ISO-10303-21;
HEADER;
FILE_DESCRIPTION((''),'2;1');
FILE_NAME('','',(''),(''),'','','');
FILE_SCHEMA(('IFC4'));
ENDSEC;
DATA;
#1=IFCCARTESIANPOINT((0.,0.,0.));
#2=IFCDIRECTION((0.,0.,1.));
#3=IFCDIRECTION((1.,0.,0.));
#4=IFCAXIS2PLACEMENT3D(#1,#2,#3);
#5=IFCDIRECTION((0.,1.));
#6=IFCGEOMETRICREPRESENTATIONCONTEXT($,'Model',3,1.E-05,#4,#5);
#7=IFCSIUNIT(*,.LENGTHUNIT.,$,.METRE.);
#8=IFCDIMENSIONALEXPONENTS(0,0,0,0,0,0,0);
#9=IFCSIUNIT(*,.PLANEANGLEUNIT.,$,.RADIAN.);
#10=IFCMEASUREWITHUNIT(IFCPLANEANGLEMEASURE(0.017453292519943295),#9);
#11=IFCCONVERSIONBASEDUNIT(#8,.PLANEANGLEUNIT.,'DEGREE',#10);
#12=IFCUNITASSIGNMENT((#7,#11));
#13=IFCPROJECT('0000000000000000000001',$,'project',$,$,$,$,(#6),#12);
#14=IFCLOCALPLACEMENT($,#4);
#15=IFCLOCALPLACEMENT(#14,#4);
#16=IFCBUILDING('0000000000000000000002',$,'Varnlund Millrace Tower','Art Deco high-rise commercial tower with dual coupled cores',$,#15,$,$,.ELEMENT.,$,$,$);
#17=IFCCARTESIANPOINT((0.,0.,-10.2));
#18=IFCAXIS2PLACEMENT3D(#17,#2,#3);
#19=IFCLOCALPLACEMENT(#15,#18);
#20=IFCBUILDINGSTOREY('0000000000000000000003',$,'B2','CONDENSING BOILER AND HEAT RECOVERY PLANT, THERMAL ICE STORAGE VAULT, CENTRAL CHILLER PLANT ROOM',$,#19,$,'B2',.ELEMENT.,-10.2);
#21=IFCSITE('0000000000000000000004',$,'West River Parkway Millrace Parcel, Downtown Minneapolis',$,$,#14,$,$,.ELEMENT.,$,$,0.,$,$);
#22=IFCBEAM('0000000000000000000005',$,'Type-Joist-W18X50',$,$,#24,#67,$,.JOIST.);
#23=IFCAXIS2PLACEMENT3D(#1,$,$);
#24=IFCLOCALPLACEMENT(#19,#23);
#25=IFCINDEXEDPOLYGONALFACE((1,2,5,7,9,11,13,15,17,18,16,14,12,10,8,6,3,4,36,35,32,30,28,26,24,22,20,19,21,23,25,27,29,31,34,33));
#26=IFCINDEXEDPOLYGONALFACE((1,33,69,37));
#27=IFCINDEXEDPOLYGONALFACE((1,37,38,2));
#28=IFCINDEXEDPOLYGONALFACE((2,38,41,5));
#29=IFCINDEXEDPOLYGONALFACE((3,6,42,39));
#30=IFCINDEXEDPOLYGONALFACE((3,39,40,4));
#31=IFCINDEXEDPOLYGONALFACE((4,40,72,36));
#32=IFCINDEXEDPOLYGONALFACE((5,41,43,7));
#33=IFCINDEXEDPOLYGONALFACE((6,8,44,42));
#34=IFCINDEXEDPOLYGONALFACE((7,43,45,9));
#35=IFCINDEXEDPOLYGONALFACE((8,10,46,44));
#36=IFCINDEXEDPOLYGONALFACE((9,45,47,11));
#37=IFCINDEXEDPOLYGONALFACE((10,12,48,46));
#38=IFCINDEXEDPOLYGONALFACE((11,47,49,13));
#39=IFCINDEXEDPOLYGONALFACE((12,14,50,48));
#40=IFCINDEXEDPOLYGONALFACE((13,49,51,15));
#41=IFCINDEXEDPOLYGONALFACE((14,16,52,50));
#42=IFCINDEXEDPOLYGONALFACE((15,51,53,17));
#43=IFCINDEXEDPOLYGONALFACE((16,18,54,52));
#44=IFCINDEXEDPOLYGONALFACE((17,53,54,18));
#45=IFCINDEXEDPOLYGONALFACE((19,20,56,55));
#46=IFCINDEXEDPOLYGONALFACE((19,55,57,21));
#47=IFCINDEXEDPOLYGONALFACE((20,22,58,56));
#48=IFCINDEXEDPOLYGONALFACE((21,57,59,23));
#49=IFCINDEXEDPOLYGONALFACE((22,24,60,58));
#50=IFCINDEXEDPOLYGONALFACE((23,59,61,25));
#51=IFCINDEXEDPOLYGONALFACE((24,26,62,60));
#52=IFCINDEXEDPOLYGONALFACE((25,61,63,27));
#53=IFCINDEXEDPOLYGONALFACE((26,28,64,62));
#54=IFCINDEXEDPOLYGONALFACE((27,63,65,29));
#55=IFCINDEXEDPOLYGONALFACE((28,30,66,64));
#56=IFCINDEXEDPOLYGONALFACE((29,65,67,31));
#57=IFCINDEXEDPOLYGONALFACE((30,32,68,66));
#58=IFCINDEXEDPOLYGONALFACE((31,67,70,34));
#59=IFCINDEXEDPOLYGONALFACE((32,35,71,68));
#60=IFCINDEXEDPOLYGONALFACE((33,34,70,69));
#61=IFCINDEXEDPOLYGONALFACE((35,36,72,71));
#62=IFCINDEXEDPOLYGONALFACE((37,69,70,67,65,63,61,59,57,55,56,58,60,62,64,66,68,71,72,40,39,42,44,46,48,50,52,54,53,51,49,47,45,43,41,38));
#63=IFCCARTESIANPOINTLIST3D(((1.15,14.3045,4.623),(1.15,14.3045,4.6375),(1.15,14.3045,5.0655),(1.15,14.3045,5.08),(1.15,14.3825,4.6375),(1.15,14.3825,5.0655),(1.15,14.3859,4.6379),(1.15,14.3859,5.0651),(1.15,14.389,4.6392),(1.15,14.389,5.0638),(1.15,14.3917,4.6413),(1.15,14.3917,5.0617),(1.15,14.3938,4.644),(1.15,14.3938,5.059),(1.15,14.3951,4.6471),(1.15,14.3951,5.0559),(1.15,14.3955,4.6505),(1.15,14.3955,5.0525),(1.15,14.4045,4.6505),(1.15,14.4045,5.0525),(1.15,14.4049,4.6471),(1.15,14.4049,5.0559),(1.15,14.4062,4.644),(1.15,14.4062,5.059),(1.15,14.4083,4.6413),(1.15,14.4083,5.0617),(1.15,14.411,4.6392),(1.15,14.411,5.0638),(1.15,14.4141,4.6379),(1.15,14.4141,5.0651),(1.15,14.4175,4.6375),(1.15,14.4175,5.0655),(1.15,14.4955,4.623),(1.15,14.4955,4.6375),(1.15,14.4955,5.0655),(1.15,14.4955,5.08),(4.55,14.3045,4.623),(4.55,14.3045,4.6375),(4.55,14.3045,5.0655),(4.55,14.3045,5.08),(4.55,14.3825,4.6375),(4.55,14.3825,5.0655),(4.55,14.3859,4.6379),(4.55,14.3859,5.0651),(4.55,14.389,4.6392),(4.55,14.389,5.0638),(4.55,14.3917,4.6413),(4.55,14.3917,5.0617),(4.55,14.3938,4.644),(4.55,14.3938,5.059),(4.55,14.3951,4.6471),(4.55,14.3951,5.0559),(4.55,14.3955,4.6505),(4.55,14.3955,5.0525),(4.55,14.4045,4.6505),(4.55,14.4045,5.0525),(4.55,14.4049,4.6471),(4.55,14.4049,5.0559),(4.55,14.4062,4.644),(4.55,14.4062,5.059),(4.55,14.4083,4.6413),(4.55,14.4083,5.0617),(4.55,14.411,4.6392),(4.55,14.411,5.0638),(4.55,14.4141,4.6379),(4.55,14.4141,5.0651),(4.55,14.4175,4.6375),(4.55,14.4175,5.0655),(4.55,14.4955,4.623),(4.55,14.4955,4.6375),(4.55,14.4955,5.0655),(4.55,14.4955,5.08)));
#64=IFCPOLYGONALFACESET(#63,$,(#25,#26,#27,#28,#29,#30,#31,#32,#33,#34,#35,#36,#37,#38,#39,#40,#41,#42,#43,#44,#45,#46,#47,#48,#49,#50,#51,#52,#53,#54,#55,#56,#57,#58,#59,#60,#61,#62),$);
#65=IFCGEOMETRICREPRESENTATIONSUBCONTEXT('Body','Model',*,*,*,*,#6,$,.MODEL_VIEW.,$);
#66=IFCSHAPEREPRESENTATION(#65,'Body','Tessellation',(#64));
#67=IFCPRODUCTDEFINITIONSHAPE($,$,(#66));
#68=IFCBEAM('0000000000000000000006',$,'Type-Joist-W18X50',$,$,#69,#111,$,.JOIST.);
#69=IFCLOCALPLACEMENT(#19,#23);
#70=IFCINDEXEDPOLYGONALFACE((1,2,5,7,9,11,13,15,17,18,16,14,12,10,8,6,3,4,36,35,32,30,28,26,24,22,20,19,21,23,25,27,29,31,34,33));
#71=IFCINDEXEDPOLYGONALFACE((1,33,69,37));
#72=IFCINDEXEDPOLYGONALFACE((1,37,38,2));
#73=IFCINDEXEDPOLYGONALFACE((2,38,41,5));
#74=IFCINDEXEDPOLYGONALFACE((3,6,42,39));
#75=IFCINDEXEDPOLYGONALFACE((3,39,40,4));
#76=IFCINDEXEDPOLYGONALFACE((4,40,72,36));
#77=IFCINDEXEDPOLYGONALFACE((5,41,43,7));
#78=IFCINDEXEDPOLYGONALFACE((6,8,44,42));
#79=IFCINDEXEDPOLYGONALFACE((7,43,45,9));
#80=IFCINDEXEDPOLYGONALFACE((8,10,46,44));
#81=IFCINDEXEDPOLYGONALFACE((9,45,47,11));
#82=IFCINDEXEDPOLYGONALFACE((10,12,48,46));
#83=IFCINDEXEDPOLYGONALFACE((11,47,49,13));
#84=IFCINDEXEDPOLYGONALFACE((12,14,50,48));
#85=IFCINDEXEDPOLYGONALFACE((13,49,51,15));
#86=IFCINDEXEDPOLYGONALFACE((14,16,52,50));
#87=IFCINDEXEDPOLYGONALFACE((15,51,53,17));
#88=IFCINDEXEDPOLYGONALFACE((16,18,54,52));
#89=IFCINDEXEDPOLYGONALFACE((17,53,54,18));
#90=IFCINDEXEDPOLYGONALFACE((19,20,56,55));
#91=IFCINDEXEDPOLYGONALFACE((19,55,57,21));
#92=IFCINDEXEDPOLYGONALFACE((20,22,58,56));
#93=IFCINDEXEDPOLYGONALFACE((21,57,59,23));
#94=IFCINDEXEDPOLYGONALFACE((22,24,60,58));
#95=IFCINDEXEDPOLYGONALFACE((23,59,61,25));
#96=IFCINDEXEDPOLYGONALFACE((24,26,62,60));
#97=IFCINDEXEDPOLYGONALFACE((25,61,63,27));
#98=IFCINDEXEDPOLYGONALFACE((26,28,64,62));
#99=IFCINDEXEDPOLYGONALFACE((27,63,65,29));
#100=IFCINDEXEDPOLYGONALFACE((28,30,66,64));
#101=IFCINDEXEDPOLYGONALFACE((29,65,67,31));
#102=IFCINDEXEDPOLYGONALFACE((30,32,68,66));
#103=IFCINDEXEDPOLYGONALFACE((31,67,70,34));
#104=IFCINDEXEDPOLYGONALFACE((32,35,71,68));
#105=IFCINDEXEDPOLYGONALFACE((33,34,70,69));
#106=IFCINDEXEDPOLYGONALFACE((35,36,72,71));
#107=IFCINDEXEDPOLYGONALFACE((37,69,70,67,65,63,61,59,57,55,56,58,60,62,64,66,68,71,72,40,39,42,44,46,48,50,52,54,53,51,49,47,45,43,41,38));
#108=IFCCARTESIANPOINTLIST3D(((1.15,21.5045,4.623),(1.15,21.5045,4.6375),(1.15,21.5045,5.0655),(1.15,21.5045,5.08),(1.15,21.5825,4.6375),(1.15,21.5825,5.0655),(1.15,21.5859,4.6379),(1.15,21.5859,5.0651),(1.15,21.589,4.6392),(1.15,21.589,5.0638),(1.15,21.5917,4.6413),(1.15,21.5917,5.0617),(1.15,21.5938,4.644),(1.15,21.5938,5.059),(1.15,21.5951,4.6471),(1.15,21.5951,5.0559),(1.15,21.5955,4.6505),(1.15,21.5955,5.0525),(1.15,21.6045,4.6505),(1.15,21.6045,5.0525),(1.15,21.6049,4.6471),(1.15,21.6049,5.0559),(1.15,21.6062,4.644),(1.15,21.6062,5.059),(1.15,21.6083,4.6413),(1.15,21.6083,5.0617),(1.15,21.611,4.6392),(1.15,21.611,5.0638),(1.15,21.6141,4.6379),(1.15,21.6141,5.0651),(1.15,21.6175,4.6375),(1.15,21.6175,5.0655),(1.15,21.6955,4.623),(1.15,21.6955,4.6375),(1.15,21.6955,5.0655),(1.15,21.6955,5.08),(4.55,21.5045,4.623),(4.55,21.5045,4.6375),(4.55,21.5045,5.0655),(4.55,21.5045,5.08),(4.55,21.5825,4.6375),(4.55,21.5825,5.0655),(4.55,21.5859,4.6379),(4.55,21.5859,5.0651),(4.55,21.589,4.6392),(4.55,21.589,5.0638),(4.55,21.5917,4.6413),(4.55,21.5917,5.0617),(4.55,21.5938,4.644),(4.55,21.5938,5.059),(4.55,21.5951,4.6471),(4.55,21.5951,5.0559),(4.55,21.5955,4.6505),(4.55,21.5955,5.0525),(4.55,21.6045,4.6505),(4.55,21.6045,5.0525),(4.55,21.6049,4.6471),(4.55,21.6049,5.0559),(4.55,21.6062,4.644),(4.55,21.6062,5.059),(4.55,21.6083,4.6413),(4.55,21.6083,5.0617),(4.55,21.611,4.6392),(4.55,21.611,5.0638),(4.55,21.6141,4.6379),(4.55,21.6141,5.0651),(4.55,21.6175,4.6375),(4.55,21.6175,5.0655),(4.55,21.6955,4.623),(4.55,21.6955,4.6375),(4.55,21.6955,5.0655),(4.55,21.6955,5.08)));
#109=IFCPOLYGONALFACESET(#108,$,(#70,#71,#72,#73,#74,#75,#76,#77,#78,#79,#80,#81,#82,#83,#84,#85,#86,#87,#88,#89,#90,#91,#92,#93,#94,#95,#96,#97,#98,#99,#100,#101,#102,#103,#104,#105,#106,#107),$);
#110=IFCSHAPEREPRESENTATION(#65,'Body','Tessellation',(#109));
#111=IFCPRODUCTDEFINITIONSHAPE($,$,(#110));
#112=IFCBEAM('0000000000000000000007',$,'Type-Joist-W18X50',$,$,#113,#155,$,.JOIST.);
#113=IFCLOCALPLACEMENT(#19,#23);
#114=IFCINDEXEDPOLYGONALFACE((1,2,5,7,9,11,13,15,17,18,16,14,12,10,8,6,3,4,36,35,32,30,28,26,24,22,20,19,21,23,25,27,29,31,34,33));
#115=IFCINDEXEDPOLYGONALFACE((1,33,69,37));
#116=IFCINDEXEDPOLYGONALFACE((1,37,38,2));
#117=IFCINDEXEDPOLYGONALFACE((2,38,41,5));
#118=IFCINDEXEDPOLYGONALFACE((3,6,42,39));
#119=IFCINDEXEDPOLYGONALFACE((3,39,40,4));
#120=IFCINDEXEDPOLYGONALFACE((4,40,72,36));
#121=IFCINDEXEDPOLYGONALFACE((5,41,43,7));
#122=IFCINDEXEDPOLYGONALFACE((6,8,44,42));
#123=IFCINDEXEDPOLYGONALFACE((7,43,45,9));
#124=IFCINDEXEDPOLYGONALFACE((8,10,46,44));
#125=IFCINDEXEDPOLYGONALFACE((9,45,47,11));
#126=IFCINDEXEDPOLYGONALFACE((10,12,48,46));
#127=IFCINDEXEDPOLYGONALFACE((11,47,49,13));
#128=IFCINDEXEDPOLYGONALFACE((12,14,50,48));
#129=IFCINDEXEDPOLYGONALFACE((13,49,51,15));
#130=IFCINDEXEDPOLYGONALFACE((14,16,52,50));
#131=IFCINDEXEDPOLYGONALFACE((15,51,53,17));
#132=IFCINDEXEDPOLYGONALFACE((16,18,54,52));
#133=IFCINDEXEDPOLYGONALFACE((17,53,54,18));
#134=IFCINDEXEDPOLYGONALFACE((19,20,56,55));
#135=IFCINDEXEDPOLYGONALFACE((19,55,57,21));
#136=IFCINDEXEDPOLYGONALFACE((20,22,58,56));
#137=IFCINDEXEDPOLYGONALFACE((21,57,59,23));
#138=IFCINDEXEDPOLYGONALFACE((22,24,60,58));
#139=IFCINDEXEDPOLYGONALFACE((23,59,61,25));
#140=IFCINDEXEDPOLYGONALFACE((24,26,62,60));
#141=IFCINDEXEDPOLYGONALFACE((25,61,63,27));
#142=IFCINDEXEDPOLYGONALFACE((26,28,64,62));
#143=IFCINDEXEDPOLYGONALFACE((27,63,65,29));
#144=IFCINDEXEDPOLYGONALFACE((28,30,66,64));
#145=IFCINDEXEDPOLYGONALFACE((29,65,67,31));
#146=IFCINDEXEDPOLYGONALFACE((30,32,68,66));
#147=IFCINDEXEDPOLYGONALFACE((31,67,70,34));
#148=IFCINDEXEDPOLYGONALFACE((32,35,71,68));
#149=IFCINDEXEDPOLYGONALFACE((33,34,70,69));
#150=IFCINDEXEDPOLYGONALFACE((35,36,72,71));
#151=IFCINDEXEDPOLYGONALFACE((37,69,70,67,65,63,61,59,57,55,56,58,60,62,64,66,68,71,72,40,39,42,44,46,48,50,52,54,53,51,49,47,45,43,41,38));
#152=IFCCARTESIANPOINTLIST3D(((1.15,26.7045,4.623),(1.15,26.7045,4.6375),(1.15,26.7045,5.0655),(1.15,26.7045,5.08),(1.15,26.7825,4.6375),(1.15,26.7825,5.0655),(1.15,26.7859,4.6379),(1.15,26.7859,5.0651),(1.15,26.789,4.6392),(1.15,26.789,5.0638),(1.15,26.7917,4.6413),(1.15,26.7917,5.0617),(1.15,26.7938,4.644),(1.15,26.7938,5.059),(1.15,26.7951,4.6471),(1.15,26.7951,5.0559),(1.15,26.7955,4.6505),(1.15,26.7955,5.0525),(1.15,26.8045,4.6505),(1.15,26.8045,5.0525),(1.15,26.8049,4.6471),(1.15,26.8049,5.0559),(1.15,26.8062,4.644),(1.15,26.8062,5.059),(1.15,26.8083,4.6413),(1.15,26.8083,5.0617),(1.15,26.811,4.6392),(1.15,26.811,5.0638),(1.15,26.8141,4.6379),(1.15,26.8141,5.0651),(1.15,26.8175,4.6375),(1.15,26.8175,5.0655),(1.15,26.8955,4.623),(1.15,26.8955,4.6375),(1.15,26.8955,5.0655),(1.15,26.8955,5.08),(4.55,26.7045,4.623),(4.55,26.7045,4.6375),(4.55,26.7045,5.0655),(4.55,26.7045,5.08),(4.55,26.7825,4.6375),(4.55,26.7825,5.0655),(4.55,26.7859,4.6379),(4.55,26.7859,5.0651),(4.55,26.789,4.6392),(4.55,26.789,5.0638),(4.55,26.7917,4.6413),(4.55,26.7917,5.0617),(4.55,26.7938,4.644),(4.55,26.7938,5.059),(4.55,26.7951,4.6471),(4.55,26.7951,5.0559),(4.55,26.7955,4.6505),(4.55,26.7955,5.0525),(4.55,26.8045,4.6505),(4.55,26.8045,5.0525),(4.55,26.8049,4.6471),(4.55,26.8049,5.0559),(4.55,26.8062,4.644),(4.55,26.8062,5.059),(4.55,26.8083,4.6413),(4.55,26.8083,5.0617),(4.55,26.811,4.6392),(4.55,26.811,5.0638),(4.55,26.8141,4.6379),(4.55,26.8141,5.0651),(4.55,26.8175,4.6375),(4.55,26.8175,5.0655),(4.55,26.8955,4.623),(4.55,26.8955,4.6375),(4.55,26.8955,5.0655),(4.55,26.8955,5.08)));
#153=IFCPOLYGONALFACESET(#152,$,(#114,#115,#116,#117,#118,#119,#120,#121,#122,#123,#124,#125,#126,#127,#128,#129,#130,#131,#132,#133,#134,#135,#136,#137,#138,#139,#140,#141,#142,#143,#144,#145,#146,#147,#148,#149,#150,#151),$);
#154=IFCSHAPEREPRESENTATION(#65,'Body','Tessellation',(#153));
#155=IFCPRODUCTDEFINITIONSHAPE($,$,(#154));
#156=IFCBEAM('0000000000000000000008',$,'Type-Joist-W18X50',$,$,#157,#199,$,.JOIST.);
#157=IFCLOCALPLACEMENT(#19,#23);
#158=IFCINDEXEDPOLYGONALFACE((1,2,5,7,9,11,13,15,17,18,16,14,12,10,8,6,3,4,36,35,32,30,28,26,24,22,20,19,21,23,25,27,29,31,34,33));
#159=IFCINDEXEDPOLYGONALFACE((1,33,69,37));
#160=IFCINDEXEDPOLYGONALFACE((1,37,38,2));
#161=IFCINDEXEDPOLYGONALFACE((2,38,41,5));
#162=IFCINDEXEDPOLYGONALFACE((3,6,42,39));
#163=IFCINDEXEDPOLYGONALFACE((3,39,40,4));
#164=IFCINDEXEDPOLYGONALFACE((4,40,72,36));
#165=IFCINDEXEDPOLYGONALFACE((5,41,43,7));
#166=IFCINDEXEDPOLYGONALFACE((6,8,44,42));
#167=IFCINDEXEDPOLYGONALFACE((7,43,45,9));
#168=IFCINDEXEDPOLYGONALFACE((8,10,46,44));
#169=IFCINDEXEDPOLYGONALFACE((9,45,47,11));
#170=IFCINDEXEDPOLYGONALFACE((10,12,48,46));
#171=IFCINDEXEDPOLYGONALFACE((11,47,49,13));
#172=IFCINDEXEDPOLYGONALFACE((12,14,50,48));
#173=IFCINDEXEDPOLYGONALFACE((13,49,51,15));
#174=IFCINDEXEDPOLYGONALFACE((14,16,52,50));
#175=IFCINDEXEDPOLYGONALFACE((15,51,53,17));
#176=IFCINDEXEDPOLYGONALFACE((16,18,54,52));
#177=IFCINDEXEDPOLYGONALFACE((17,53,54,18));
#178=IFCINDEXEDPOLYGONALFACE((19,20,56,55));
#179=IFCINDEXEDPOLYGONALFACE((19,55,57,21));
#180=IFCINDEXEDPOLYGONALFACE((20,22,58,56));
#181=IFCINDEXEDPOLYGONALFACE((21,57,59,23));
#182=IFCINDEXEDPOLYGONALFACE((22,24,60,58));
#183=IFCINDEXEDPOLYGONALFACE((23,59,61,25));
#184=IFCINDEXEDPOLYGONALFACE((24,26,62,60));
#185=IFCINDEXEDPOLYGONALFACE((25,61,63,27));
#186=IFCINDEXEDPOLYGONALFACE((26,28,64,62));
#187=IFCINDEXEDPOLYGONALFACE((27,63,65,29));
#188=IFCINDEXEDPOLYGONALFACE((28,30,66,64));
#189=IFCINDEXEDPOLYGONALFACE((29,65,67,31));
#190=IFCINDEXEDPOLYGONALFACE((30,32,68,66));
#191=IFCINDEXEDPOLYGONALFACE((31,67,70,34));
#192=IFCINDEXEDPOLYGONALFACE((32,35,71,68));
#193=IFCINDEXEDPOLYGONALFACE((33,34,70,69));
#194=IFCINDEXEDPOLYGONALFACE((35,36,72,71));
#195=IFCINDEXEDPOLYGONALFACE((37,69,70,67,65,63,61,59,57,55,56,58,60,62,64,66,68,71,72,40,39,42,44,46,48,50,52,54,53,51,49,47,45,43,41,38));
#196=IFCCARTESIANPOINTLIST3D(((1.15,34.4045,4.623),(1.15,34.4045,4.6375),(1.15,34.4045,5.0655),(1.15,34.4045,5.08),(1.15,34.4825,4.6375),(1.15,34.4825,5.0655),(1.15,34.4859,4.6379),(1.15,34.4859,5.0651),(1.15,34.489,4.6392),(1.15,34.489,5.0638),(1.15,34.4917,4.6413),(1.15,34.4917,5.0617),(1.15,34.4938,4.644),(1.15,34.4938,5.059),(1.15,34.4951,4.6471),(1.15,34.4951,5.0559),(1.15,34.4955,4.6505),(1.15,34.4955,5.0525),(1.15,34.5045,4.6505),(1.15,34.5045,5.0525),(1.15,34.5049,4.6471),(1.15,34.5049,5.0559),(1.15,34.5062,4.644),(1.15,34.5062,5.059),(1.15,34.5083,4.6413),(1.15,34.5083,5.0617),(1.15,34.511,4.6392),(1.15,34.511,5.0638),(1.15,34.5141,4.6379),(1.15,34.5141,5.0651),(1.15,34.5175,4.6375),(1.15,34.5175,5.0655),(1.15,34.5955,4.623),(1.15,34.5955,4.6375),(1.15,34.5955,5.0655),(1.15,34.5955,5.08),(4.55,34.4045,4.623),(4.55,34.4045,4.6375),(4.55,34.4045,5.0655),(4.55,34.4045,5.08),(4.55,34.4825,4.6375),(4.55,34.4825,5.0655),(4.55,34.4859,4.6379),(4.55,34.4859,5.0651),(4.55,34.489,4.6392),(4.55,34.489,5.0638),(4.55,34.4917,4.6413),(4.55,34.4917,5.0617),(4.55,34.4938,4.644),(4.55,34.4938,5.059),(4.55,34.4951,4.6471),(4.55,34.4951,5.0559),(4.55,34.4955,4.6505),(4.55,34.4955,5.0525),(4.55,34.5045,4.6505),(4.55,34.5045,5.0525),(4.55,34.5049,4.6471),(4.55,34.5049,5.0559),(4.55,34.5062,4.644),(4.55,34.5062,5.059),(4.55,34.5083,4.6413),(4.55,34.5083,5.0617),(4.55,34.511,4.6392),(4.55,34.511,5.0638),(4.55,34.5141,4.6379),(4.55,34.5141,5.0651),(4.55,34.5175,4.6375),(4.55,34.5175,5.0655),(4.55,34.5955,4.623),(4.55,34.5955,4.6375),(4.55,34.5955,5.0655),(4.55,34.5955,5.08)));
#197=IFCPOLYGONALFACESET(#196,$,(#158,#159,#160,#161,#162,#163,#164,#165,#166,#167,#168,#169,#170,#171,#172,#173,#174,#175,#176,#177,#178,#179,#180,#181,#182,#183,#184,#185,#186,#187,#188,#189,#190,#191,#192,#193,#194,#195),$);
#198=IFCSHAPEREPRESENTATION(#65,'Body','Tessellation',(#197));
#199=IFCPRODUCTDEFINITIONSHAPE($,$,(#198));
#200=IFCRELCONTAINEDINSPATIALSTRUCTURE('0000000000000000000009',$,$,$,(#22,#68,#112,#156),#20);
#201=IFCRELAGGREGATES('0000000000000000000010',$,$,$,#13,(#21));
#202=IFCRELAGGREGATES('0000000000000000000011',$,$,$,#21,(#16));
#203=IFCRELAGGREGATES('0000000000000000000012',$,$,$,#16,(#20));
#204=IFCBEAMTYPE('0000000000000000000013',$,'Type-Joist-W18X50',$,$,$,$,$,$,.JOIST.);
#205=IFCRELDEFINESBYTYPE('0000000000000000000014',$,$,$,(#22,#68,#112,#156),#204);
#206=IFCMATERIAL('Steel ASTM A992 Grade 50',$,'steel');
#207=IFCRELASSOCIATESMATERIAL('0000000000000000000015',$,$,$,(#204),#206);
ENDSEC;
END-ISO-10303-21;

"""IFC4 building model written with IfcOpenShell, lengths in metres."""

from ifc_helpers import new_model, entity, si_unit, converted_unit, direction, frame, origin_with_axes, origin_2d_with_axis, place, context, subcontext, project, spatial, i_section, extrude, material, material_profile, profile_set, type_object, element, save


model = new_model("IFC4")

# Units and contexts
model_context = context("Model", 3, precision=1e-05, world=origin_with_axes(), true_north=direction((0.0, 1.0)))
body_context = subcontext(model_context, "Body", "Model", "MODEL_VIEW")
ifc_project = project(units=[si_unit("LENGTHUNIT", "METRE"), converted_unit("PLANEANGLEUNIT", "DEGREE", entity("IfcPlaneAngleMeasure", 0.017453292519943295), si_unit("PLANEANGLEUNIT", "RADIAN"), dimensions=[0, 0, 0, 0, 0, 0, 0])], contexts=[model_context])

# Site, building, storey
site_placement = place(None, origin_with_axes())
site = spatial("IfcSite", under=ifc_project, at=site_placement, Name="West River Parkway Millrace Parcel, Downtown Minneapolis", CompositionType="ELEMENT", RefElevation=0.0)
building_placement = place(site_placement, origin_with_axes())
building = spatial("IfcBuilding", under=site, at=building_placement, Name="Varnlund Millrace Tower", Description="Art Deco high-rise commercial tower with dual coupled cores", CompositionType="ELEMENT")
storey_placement = place(building_placement, frame((0.0, 0.0, -10.2), z_axis=(0.0, 0.0, 1.0), x_axis=(1.0, 0.0, 0.0)))
storey = spatial("IfcBuildingStorey", under=building, at=storey_placement, Name="B2", Description="CONDENSING BOILER AND HEAT RECOVERY PLANT, THERMAL ICE STORAGE VAULT, CENTRAL CHILLER PLANT ROOM", LongName="B2", CompositionType="ELEMENT", Elevation=-10.2)

# Beams
ifc_material_1 = material(Name="Steel ASTM A992 Grade 50", Category="steel")
ifc_material_profile_1 = material_profile(ifc_material_1, i_section(OverallWidth=0.191, OverallDepth=0.457, WebThickness=0.009, FlangeThickness=0.0145, FilletRadius=0.013, at=origin_2d_with_axis()), Name="Steel ASTM A992 Grade 50")
ifc_profile_set_1 = profile_set([ifc_material_profile_1], Name="Steel ASTM A992 Grade 50")
beam_type_1 = type_object("IfcBeamType", Name="Type-Joist-W18X50", PredefinedType="JOIST", material=ifc_profile_set_1)
for number, where, z_axis, x_axis, name in (
    (1, (1.15, 14.4, 4.8515), (1.0, 0.0, 0.0), (0.0, 1.0, 0.0), "Type-Joist-W18X50"),
    (2, (1.15, 21.6, 4.8515), (1.0, 0.0, 0.0), (0.0, 1.0, 0.0), "Type-Joist-W18X50"),
    (3, (1.15, 26.8, 4.8515), (1.0, 0.0, 0.0), (0.0, 1.0, 0.0), "Type-Joist-W18X50"),
    (4, (1.15, 34.5, 4.8515), (1.0, 0.0, 0.0), (0.0, 1.0, 0.0), "Type-Joist-W18X50"),
):
    element("IfcBeam", number, at=place(storey_placement, frame(where, z_axis=z_axis, x_axis=x_axis)), inside=storey, type_object=beam_type_1, Name=name, PredefinedType="JOIST", context=body_context, shape_type="SweptSolid", body=[
        extrude(i_section(OverallWidth=0.191, OverallDepth=0.457, WebThickness=0.009, FlangeThickness=0.0145, FilletRadius=0.013, at=origin_2d_with_axis()), origin_with_axes(), (0.0, 0.0, 1.0), 3.4),
    ])

save(model, "model.ifc")
